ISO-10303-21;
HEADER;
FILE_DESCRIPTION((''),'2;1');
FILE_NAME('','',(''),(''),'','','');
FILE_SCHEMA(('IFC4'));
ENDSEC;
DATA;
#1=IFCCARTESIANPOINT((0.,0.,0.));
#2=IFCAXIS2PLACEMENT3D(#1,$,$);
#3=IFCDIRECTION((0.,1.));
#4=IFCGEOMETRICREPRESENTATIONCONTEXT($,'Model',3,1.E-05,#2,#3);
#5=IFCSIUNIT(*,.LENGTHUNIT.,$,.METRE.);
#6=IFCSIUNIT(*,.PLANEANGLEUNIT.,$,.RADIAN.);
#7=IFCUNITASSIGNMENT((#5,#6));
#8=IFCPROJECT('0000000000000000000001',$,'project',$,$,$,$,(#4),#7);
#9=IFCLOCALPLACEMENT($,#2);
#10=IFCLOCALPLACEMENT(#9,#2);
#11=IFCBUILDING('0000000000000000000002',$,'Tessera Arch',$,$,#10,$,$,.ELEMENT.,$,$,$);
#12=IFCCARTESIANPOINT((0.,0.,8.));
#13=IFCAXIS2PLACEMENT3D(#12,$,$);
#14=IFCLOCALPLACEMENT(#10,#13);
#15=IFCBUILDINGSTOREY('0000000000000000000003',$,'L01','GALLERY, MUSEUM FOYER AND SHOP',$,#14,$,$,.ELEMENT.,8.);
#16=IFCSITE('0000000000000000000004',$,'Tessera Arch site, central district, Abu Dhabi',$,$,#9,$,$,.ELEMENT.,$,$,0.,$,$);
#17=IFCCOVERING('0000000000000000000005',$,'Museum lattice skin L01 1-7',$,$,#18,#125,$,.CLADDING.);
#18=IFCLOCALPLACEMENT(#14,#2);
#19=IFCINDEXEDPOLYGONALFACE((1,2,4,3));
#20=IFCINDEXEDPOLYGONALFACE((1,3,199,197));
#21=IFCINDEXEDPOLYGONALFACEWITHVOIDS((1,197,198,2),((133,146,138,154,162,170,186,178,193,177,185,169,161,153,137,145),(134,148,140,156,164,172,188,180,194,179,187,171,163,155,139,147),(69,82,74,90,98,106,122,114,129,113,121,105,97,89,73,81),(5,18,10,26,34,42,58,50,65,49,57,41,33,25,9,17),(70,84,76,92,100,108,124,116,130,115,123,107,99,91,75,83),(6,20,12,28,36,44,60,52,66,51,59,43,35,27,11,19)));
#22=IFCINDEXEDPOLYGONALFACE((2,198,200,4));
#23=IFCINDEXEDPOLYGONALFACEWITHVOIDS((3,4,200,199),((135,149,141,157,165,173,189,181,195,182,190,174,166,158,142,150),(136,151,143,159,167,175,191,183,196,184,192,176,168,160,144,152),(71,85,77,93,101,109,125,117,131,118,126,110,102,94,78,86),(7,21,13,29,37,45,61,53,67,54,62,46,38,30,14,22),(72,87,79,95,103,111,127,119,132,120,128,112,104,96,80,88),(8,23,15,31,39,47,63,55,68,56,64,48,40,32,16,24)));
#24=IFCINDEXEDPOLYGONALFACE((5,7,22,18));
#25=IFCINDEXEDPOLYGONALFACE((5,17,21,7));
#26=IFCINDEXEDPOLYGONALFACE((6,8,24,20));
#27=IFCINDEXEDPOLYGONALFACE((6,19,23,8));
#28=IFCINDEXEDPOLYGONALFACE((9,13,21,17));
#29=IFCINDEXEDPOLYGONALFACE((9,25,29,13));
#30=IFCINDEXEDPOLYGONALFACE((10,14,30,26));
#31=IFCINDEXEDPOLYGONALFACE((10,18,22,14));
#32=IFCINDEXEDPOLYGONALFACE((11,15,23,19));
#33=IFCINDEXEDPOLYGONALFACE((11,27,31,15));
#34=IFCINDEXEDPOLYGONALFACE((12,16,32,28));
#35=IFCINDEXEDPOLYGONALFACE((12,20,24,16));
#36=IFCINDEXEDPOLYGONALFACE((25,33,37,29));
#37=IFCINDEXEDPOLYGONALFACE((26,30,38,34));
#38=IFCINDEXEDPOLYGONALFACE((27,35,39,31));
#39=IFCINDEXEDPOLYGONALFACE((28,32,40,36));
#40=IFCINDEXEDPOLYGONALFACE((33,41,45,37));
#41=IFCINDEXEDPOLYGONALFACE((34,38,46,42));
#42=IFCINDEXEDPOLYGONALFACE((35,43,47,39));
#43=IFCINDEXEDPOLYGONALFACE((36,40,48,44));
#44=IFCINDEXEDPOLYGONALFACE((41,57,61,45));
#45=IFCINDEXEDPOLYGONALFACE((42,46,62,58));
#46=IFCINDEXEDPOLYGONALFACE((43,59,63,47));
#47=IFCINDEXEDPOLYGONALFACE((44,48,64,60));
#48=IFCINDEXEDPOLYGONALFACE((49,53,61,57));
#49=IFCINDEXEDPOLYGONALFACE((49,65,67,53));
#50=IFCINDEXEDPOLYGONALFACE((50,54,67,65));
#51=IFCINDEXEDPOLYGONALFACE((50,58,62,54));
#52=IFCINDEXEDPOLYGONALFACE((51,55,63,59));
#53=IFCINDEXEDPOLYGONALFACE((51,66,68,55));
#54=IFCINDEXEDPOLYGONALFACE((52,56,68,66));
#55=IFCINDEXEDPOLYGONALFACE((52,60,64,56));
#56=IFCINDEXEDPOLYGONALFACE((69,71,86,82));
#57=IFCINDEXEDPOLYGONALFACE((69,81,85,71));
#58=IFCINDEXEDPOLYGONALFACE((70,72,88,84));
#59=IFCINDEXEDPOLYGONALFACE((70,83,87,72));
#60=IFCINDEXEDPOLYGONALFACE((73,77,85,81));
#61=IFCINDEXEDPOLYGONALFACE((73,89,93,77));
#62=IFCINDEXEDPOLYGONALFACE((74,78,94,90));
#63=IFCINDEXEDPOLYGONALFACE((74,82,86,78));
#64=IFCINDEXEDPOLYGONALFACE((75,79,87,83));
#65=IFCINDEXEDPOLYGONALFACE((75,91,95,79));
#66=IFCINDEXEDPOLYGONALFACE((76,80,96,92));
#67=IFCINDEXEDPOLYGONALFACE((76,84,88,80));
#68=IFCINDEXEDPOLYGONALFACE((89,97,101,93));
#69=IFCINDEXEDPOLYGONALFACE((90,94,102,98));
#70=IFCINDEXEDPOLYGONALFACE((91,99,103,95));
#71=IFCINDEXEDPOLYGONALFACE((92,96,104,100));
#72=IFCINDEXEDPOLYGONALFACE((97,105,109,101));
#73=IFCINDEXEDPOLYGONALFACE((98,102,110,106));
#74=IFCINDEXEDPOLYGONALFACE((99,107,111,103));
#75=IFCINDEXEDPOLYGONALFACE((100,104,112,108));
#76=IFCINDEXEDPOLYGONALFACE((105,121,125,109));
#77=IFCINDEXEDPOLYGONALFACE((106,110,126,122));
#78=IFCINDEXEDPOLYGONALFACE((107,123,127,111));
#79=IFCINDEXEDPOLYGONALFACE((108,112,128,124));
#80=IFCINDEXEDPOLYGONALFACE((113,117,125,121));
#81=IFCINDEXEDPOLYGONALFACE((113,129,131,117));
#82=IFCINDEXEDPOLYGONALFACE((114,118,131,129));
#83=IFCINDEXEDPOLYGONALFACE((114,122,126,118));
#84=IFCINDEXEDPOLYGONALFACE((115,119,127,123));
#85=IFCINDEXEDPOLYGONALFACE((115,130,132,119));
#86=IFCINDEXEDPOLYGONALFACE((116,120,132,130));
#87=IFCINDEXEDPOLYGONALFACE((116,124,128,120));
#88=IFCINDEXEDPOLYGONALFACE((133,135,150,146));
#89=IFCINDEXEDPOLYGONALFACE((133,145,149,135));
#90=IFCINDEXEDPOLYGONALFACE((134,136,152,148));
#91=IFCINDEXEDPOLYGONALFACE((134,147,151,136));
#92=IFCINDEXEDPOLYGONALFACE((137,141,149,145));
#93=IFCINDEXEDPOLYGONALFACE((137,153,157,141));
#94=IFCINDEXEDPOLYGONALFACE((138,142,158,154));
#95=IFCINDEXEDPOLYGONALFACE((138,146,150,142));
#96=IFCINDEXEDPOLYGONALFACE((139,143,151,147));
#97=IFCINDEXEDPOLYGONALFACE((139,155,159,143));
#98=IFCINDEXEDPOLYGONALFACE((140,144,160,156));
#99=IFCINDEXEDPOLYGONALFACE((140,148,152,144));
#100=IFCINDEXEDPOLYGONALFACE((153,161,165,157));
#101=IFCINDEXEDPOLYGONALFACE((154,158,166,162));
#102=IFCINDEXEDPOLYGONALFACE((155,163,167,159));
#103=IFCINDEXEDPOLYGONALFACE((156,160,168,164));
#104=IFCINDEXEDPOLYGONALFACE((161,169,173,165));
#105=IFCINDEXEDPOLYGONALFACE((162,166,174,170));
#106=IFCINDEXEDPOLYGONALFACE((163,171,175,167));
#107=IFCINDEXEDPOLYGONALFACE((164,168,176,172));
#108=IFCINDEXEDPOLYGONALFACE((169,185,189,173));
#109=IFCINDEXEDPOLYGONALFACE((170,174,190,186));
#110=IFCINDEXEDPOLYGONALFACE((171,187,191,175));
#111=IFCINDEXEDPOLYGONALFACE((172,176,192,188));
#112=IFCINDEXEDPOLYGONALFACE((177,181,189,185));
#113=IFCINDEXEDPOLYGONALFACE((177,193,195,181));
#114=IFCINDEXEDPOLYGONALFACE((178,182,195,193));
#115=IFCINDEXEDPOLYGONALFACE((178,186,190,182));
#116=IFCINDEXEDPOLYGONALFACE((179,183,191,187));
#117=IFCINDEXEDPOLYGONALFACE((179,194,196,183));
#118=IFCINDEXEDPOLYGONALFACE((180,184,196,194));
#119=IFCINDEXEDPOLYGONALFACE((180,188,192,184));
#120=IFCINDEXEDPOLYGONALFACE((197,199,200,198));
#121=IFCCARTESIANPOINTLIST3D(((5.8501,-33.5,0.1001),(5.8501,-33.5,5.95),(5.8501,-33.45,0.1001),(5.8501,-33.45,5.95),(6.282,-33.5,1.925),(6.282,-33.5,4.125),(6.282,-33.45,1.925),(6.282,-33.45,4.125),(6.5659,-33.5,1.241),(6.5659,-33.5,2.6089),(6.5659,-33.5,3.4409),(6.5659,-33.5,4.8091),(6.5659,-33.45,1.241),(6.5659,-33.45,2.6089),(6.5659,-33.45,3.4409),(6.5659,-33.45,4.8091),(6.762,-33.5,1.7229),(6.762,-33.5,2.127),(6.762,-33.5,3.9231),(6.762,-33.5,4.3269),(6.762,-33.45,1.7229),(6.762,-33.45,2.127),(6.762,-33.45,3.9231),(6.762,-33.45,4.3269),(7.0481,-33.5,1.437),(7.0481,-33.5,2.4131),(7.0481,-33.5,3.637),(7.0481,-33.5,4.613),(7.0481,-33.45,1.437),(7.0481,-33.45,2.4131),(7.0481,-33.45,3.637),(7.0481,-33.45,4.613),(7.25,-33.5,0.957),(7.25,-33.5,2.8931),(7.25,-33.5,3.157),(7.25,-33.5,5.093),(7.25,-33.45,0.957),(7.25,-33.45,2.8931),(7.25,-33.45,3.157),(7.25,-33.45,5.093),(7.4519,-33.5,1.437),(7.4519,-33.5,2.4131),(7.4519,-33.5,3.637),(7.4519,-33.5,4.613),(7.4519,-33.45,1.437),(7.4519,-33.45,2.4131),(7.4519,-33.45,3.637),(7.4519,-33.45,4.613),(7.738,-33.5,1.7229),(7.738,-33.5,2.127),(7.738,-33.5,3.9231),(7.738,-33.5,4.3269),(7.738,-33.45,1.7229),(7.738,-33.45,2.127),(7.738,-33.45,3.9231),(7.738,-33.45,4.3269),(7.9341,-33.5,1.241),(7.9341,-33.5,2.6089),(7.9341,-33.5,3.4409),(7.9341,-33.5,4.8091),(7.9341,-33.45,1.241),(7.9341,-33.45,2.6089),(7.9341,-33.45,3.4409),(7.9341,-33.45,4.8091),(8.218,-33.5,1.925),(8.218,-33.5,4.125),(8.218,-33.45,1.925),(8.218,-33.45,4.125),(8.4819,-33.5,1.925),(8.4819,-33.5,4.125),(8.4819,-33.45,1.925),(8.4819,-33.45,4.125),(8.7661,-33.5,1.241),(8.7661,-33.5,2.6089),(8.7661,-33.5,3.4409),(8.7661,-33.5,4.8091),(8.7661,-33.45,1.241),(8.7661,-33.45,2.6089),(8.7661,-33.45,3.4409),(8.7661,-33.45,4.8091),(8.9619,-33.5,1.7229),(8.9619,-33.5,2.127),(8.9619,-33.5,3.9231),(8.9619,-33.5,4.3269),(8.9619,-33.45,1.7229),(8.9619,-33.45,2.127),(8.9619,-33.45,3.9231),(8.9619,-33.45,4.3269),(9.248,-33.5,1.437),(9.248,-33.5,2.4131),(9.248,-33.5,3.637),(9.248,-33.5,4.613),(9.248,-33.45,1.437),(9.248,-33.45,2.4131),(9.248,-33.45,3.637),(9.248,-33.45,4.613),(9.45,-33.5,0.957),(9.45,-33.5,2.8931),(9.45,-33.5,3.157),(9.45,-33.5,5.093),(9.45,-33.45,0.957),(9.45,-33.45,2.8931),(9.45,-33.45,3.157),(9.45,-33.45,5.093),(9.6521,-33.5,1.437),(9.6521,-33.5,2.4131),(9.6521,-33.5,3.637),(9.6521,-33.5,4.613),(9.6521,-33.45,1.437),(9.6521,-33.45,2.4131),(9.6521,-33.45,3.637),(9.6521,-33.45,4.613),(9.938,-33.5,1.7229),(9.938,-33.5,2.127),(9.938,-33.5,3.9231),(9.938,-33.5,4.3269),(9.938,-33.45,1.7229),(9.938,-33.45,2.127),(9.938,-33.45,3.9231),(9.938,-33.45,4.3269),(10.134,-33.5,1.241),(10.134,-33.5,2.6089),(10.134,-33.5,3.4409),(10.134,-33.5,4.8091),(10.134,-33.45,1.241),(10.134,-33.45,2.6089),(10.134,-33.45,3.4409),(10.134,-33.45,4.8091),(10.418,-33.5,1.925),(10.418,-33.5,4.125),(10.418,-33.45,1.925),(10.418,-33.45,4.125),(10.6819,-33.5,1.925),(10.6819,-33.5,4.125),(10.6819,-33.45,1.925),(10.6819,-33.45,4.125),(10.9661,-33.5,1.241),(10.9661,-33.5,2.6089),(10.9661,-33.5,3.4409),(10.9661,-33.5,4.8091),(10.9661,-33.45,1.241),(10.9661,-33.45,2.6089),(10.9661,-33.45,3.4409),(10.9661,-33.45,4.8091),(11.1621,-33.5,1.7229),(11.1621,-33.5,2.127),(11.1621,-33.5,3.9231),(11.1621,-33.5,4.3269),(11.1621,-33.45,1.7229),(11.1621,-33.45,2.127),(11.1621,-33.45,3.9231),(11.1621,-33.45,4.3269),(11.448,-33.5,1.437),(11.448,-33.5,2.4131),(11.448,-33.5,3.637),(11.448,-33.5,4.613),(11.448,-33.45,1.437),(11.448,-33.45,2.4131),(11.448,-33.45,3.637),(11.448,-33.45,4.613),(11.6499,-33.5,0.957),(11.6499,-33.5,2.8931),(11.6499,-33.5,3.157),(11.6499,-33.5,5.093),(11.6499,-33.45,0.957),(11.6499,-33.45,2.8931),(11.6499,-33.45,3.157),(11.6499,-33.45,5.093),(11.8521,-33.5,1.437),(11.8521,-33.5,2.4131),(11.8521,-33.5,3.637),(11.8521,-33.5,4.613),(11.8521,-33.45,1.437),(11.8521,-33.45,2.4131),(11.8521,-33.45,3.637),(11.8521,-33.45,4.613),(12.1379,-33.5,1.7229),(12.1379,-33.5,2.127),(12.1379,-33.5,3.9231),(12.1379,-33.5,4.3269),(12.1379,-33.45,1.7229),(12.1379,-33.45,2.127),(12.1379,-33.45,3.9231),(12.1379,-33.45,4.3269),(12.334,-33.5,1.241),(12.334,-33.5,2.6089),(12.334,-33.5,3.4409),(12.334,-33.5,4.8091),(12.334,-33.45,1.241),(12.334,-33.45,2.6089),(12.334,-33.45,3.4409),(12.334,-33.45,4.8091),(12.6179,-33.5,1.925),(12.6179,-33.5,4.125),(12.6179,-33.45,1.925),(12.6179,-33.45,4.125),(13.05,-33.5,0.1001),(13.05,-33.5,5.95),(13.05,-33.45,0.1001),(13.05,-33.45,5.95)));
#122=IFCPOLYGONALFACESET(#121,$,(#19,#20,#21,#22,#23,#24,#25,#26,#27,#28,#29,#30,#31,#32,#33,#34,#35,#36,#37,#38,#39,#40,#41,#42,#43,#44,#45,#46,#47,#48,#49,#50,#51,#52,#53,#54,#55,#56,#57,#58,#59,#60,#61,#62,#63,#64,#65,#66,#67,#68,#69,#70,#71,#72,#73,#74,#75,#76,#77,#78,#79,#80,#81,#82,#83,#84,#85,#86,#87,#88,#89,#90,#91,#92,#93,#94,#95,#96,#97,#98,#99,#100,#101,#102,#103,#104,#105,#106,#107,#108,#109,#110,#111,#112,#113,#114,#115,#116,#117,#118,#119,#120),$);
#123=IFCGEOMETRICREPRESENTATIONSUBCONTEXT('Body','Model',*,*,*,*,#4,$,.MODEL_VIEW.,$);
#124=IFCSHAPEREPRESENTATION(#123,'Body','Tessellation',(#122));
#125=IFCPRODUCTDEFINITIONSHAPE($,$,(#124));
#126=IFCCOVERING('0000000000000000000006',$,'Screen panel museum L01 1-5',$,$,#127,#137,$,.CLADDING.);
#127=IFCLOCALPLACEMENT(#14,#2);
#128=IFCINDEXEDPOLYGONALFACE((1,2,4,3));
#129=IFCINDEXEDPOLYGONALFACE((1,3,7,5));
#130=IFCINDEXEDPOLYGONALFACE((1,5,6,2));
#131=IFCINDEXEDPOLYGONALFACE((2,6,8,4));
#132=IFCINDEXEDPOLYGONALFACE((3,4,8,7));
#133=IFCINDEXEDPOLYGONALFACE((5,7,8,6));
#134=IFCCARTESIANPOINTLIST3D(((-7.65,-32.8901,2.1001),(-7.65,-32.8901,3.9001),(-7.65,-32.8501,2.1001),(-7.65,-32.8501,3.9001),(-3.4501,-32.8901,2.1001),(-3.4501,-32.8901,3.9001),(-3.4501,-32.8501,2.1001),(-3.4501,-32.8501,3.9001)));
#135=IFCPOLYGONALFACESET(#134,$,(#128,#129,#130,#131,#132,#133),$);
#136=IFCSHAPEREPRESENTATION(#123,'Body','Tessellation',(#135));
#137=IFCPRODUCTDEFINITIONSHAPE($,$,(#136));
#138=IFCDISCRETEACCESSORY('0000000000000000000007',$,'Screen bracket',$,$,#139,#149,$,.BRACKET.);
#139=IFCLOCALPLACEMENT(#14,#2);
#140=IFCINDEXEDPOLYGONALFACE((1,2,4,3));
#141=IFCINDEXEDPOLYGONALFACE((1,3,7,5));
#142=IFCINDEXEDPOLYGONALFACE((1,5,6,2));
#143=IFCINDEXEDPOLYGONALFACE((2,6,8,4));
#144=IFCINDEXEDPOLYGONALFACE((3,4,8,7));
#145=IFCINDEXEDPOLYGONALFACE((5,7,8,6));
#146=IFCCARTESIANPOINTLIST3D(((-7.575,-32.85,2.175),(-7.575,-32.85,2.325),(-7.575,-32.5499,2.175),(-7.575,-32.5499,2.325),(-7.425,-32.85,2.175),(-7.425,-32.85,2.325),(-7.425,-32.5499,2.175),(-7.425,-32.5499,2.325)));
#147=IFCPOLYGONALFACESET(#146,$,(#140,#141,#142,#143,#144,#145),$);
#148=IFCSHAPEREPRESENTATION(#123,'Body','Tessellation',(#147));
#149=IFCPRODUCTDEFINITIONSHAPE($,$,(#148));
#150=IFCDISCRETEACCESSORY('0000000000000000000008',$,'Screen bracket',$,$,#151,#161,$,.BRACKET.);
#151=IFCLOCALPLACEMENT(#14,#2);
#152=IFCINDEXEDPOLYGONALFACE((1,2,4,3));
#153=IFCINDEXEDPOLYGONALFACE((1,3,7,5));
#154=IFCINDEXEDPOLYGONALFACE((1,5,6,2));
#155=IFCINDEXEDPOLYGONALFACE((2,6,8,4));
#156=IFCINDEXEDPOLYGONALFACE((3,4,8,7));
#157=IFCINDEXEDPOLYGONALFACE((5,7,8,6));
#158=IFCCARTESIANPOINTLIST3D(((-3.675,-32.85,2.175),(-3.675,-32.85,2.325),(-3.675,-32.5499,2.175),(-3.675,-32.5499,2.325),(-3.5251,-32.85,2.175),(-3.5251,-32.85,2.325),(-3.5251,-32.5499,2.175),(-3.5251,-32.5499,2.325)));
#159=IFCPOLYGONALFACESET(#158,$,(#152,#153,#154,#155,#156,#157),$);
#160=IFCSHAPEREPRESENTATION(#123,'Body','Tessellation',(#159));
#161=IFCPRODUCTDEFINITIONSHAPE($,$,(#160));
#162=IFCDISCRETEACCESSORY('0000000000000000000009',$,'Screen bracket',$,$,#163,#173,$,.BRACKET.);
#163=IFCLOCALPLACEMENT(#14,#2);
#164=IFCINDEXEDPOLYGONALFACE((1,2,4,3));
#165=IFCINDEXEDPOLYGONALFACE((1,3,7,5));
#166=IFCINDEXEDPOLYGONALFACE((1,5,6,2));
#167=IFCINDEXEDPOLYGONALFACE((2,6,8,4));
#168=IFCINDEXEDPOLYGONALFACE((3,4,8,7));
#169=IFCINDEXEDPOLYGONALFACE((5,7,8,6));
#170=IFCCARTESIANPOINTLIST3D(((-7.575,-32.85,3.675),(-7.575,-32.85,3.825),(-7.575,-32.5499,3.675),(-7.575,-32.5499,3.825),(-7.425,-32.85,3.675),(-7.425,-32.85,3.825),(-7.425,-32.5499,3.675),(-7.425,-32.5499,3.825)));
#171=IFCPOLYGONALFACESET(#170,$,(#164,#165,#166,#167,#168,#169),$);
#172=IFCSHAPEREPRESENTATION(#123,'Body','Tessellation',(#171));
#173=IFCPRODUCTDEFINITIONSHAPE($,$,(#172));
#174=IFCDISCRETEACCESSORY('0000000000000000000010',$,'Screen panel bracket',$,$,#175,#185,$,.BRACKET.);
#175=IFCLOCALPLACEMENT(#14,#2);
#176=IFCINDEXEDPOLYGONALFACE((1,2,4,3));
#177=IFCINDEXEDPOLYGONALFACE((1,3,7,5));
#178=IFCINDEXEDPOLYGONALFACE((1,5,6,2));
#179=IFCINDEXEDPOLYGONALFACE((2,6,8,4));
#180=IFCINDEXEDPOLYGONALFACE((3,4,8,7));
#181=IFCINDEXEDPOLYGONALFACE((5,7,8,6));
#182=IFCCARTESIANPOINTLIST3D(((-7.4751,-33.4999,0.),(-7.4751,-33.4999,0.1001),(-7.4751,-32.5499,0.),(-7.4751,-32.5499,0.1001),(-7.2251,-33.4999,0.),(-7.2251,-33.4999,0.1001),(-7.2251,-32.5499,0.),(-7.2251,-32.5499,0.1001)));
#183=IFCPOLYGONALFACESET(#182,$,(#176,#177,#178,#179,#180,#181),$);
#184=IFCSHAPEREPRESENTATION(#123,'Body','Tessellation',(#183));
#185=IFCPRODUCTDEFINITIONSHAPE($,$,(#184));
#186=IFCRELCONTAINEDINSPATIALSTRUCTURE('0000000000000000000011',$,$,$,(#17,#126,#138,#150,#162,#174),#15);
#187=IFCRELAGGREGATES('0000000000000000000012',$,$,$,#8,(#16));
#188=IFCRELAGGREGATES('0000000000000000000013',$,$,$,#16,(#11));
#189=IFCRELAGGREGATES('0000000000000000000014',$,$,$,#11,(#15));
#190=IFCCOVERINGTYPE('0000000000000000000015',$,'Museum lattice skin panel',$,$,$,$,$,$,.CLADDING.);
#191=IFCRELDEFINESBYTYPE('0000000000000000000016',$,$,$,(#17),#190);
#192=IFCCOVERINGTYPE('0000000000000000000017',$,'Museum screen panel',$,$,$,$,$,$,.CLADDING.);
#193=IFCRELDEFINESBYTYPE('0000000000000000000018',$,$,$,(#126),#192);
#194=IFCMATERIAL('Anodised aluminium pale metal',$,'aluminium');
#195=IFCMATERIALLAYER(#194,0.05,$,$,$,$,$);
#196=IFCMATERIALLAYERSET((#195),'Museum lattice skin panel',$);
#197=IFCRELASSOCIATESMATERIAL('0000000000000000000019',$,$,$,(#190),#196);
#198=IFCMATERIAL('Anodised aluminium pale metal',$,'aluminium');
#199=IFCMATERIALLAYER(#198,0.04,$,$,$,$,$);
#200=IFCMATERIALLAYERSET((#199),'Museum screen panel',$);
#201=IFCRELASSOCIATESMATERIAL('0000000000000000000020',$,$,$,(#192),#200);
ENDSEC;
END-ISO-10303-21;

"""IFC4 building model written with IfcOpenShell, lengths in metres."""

from ifc_helpers import new_model, si_unit, direction, frame, origin, origin_2d, place, context, subcontext, project, spatial, polyline, rectangle, outline, extrude, material, layer, layer_set, type_object, element, save


model = new_model("IFC4")

# Units and contexts
model_context = context("Model", 3, precision=1e-05, world=origin(), true_north=direction((0.0, 1.0)))
body_context = subcontext(model_context, "Body", "Model", "MODEL_VIEW")
ifc_project = project(units=[si_unit("LENGTHUNIT", "METRE"), si_unit("PLANEANGLEUNIT", "RADIAN")], contexts=[model_context])

# Site, building, storey
site_placement = place(None, origin())
site = spatial("IfcSite", under=ifc_project, at=site_placement, Name="Tessera Arch site, central district, Abu Dhabi", CompositionType="ELEMENT", RefElevation=0.0)
building_placement = place(site_placement, origin())
building = spatial("IfcBuilding", under=site, at=building_placement, Name="Tessera Arch", CompositionType="ELEMENT")
storey_placement = place(building_placement, frame((0.0, 0.0, 8.0)))
storey = spatial("IfcBuildingStorey", under=building, at=storey_placement, Name="L01", Description="GALLERY, MUSEUM FOYER AND SHOP", CompositionType="ELEMENT", Elevation=8.0)

# Coverings
ifc_material_1 = material(Name="Anodised aluminium pale metal", Category="aluminium")
ifc_layer_1 = layer(ifc_material_1, 0.05)
ifc_layer_set_1 = layer_set([ifc_layer_1], Name="Museum lattice skin panel")
covering_type_1 = type_object("IfcCoveringType", Name="Museum lattice skin panel", PredefinedType="CLADDING", material=ifc_layer_set_1)
covering_1_placement = place(storey_placement, frame((5.8501, -33.45, 5.95), z_axis=(0.0, 1.0, 0.0), x_axis=(1.0, 0.0, 0.0)))
element("IfcCovering", 1, at=covering_1_placement, inside=storey, type_object=covering_type_1, Name="Museum lattice skin L01 1-7", PredefinedType="CLADDING", context=body_context, shape_type="SweptSolid", body=[
    extrude(outline(polyline([(0.0, 0.0), (7.2, 0.0), (7.2, 5.8499), (0.0, 5.8499), (0.0, 0.0)]), holes=[polyline([(2.3679, 4.0249), (1.8879, 3.823), (2.084, 3.3411), (1.6018, 3.5369), (1.3999, 3.0569), (1.198, 3.5369), (0.7158, 3.3411), (0.9119, 3.823), (0.4319, 4.0249), (0.9119, 4.2271), (0.7158, 4.709), (1.198, 4.5129), (1.3999, 4.9929), (1.6018, 4.5129), (2.084, 4.709), (1.8879, 4.2271), (2.3679, 4.0249)]), polyline([(2.3679, 1.825), (1.8879, 1.623), (2.084, 1.1409), (1.6018, 1.3369), (1.3999, 0.8569), (1.198, 1.3369), (0.7158, 1.1409), (0.9119, 1.623), (0.4319, 1.825), (0.9119, 2.0269), (0.7158, 2.509), (1.198, 2.313), (1.3999, 2.793), (1.6018, 2.313), (2.084, 2.509), (1.8879, 2.0269), (2.3679, 1.825)]), polyline([(4.5679, 4.0249), (4.0879, 3.823), (4.2839, 3.3411), (3.802, 3.5369), (3.5999, 3.0569), (3.3979, 3.5369), (2.916, 3.3411), (3.1118, 3.823), (2.6318, 4.0249), (3.1118, 4.2271), (2.916, 4.709), (3.3979, 4.5129), (3.5999, 4.9929), (3.802, 4.5129), (4.2839, 4.709), (4.0879, 4.2271), (4.5679, 4.0249)]), polyline([(4.5679, 1.825), (4.0879, 1.623), (4.2839, 1.1409), (3.802, 1.3369), (3.5999, 0.8569), (3.3979, 1.3369), (2.916, 1.1409), (3.1118, 1.623), (2.6318, 1.825), (3.1118, 2.0269), (2.916, 2.509), (3.3979, 2.313), (3.5999, 2.793), (3.802, 2.313), (4.2839, 2.509), (4.0879, 2.0269), (4.5679, 1.825)]), polyline([(6.7678, 4.0249), (6.2878, 3.823), (6.4839, 3.3411), (6.002, 3.5369), (5.7998, 3.0569), (5.5979, 3.5369), (5.116, 3.3411), (5.312, 3.823), (4.8318, 4.0249), (5.312, 4.2271), (5.116, 4.709), (5.5979, 4.5129), (5.7998, 4.9929), (6.002, 4.5129), (6.4839, 4.709), (6.2878, 4.2271), (6.7678, 4.0249)]), polyline([(6.7678, 1.825), (6.2878, 1.623), (6.4839, 1.1409), (6.002, 1.3369), (5.7998, 0.8569), (5.5979, 1.3369), (5.116, 1.1409), (5.312, 1.623), (4.8318, 1.825), (5.312, 2.0269), (5.116, 2.509), (5.5979, 2.313), (5.7998, 2.793), (6.002, 2.313), (6.4839, 2.509), (6.2878, 2.0269), (6.7678, 1.825)])]), origin(), (0.0, 0.0, -1.0), 0.05),
])
ifc_material_2 = material(Name="Anodised aluminium pale metal", Category="aluminium")
ifc_layer_2 = layer(ifc_material_2, 0.04)
ifc_layer_set_2 = layer_set([ifc_layer_2], Name="Museum screen panel")
covering_type_2 = type_object("IfcCoveringType", Name="Museum screen panel", PredefinedType="CLADDING", material=ifc_layer_set_2)
covering_2_placement = place(storey_placement, frame((-5.55, -32.8701, 2.1001), z_axis=(0.0, 0.0, 1.0), x_axis=(1.0, 0.0, 0.0)))
element("IfcCovering", 2, at=covering_2_placement, inside=storey, type_object=covering_type_2, Name="Screen panel museum L01 1-5", PredefinedType="CLADDING", context=body_context, shape_type="SweptSolid", body=[
    extrude(rectangle(XDim=4.2, YDim=0.04, at=origin_2d()), origin(), (0.0, 0.0, 1.0), 1.8),
])

# Discrete accessories
for number, where, z_axis, x_axis, name in (
    (3, (-7.5, -32.7, 2.175), (0.0, 0.0, 1.0), (0.0, -1.0, 0.0), "Screen bracket"),
    (4, (-3.6001, -32.7, 2.175), (0.0, 0.0, 1.0), (0.0, -1.0, 0.0), "Screen bracket"),
    (5, (-7.5, -32.7, 3.675), (0.0, 0.0, 1.0), (0.0, -1.0, 0.0), "Screen bracket"),
):
    element("IfcDiscreteAccessory", number, at=place(storey_placement, frame(where, z_axis=z_axis, x_axis=x_axis)), inside=storey, Name=name, PredefinedType="BRACKET", context=body_context, shape_type="SweptSolid", body=[
        extrude(rectangle(XDim=0.3, YDim=0.1499, at=origin_2d()), origin(), (0.0, 0.0, 1.0), 0.1499),
    ])
for number, where, z_axis, x_axis, name in (
    (6, (-7.3501, -33.0249, 0.0), (0.0, 0.0, 1.0), (0.0, -1.0, 0.0), "Screen panel bracket"),
):
    element("IfcDiscreteAccessory", number, at=place(storey_placement, frame(where, z_axis=z_axis, x_axis=x_axis)), inside=storey, Name=name, PredefinedType="BRACKET", context=body_context, shape_type="SweptSolid", body=[
        extrude(rectangle(XDim=0.95, YDim=0.25, at=origin_2d()), origin(), (0.0, 0.0, 1.0), 0.1001),
    ])

save(model, "model.ifc")
